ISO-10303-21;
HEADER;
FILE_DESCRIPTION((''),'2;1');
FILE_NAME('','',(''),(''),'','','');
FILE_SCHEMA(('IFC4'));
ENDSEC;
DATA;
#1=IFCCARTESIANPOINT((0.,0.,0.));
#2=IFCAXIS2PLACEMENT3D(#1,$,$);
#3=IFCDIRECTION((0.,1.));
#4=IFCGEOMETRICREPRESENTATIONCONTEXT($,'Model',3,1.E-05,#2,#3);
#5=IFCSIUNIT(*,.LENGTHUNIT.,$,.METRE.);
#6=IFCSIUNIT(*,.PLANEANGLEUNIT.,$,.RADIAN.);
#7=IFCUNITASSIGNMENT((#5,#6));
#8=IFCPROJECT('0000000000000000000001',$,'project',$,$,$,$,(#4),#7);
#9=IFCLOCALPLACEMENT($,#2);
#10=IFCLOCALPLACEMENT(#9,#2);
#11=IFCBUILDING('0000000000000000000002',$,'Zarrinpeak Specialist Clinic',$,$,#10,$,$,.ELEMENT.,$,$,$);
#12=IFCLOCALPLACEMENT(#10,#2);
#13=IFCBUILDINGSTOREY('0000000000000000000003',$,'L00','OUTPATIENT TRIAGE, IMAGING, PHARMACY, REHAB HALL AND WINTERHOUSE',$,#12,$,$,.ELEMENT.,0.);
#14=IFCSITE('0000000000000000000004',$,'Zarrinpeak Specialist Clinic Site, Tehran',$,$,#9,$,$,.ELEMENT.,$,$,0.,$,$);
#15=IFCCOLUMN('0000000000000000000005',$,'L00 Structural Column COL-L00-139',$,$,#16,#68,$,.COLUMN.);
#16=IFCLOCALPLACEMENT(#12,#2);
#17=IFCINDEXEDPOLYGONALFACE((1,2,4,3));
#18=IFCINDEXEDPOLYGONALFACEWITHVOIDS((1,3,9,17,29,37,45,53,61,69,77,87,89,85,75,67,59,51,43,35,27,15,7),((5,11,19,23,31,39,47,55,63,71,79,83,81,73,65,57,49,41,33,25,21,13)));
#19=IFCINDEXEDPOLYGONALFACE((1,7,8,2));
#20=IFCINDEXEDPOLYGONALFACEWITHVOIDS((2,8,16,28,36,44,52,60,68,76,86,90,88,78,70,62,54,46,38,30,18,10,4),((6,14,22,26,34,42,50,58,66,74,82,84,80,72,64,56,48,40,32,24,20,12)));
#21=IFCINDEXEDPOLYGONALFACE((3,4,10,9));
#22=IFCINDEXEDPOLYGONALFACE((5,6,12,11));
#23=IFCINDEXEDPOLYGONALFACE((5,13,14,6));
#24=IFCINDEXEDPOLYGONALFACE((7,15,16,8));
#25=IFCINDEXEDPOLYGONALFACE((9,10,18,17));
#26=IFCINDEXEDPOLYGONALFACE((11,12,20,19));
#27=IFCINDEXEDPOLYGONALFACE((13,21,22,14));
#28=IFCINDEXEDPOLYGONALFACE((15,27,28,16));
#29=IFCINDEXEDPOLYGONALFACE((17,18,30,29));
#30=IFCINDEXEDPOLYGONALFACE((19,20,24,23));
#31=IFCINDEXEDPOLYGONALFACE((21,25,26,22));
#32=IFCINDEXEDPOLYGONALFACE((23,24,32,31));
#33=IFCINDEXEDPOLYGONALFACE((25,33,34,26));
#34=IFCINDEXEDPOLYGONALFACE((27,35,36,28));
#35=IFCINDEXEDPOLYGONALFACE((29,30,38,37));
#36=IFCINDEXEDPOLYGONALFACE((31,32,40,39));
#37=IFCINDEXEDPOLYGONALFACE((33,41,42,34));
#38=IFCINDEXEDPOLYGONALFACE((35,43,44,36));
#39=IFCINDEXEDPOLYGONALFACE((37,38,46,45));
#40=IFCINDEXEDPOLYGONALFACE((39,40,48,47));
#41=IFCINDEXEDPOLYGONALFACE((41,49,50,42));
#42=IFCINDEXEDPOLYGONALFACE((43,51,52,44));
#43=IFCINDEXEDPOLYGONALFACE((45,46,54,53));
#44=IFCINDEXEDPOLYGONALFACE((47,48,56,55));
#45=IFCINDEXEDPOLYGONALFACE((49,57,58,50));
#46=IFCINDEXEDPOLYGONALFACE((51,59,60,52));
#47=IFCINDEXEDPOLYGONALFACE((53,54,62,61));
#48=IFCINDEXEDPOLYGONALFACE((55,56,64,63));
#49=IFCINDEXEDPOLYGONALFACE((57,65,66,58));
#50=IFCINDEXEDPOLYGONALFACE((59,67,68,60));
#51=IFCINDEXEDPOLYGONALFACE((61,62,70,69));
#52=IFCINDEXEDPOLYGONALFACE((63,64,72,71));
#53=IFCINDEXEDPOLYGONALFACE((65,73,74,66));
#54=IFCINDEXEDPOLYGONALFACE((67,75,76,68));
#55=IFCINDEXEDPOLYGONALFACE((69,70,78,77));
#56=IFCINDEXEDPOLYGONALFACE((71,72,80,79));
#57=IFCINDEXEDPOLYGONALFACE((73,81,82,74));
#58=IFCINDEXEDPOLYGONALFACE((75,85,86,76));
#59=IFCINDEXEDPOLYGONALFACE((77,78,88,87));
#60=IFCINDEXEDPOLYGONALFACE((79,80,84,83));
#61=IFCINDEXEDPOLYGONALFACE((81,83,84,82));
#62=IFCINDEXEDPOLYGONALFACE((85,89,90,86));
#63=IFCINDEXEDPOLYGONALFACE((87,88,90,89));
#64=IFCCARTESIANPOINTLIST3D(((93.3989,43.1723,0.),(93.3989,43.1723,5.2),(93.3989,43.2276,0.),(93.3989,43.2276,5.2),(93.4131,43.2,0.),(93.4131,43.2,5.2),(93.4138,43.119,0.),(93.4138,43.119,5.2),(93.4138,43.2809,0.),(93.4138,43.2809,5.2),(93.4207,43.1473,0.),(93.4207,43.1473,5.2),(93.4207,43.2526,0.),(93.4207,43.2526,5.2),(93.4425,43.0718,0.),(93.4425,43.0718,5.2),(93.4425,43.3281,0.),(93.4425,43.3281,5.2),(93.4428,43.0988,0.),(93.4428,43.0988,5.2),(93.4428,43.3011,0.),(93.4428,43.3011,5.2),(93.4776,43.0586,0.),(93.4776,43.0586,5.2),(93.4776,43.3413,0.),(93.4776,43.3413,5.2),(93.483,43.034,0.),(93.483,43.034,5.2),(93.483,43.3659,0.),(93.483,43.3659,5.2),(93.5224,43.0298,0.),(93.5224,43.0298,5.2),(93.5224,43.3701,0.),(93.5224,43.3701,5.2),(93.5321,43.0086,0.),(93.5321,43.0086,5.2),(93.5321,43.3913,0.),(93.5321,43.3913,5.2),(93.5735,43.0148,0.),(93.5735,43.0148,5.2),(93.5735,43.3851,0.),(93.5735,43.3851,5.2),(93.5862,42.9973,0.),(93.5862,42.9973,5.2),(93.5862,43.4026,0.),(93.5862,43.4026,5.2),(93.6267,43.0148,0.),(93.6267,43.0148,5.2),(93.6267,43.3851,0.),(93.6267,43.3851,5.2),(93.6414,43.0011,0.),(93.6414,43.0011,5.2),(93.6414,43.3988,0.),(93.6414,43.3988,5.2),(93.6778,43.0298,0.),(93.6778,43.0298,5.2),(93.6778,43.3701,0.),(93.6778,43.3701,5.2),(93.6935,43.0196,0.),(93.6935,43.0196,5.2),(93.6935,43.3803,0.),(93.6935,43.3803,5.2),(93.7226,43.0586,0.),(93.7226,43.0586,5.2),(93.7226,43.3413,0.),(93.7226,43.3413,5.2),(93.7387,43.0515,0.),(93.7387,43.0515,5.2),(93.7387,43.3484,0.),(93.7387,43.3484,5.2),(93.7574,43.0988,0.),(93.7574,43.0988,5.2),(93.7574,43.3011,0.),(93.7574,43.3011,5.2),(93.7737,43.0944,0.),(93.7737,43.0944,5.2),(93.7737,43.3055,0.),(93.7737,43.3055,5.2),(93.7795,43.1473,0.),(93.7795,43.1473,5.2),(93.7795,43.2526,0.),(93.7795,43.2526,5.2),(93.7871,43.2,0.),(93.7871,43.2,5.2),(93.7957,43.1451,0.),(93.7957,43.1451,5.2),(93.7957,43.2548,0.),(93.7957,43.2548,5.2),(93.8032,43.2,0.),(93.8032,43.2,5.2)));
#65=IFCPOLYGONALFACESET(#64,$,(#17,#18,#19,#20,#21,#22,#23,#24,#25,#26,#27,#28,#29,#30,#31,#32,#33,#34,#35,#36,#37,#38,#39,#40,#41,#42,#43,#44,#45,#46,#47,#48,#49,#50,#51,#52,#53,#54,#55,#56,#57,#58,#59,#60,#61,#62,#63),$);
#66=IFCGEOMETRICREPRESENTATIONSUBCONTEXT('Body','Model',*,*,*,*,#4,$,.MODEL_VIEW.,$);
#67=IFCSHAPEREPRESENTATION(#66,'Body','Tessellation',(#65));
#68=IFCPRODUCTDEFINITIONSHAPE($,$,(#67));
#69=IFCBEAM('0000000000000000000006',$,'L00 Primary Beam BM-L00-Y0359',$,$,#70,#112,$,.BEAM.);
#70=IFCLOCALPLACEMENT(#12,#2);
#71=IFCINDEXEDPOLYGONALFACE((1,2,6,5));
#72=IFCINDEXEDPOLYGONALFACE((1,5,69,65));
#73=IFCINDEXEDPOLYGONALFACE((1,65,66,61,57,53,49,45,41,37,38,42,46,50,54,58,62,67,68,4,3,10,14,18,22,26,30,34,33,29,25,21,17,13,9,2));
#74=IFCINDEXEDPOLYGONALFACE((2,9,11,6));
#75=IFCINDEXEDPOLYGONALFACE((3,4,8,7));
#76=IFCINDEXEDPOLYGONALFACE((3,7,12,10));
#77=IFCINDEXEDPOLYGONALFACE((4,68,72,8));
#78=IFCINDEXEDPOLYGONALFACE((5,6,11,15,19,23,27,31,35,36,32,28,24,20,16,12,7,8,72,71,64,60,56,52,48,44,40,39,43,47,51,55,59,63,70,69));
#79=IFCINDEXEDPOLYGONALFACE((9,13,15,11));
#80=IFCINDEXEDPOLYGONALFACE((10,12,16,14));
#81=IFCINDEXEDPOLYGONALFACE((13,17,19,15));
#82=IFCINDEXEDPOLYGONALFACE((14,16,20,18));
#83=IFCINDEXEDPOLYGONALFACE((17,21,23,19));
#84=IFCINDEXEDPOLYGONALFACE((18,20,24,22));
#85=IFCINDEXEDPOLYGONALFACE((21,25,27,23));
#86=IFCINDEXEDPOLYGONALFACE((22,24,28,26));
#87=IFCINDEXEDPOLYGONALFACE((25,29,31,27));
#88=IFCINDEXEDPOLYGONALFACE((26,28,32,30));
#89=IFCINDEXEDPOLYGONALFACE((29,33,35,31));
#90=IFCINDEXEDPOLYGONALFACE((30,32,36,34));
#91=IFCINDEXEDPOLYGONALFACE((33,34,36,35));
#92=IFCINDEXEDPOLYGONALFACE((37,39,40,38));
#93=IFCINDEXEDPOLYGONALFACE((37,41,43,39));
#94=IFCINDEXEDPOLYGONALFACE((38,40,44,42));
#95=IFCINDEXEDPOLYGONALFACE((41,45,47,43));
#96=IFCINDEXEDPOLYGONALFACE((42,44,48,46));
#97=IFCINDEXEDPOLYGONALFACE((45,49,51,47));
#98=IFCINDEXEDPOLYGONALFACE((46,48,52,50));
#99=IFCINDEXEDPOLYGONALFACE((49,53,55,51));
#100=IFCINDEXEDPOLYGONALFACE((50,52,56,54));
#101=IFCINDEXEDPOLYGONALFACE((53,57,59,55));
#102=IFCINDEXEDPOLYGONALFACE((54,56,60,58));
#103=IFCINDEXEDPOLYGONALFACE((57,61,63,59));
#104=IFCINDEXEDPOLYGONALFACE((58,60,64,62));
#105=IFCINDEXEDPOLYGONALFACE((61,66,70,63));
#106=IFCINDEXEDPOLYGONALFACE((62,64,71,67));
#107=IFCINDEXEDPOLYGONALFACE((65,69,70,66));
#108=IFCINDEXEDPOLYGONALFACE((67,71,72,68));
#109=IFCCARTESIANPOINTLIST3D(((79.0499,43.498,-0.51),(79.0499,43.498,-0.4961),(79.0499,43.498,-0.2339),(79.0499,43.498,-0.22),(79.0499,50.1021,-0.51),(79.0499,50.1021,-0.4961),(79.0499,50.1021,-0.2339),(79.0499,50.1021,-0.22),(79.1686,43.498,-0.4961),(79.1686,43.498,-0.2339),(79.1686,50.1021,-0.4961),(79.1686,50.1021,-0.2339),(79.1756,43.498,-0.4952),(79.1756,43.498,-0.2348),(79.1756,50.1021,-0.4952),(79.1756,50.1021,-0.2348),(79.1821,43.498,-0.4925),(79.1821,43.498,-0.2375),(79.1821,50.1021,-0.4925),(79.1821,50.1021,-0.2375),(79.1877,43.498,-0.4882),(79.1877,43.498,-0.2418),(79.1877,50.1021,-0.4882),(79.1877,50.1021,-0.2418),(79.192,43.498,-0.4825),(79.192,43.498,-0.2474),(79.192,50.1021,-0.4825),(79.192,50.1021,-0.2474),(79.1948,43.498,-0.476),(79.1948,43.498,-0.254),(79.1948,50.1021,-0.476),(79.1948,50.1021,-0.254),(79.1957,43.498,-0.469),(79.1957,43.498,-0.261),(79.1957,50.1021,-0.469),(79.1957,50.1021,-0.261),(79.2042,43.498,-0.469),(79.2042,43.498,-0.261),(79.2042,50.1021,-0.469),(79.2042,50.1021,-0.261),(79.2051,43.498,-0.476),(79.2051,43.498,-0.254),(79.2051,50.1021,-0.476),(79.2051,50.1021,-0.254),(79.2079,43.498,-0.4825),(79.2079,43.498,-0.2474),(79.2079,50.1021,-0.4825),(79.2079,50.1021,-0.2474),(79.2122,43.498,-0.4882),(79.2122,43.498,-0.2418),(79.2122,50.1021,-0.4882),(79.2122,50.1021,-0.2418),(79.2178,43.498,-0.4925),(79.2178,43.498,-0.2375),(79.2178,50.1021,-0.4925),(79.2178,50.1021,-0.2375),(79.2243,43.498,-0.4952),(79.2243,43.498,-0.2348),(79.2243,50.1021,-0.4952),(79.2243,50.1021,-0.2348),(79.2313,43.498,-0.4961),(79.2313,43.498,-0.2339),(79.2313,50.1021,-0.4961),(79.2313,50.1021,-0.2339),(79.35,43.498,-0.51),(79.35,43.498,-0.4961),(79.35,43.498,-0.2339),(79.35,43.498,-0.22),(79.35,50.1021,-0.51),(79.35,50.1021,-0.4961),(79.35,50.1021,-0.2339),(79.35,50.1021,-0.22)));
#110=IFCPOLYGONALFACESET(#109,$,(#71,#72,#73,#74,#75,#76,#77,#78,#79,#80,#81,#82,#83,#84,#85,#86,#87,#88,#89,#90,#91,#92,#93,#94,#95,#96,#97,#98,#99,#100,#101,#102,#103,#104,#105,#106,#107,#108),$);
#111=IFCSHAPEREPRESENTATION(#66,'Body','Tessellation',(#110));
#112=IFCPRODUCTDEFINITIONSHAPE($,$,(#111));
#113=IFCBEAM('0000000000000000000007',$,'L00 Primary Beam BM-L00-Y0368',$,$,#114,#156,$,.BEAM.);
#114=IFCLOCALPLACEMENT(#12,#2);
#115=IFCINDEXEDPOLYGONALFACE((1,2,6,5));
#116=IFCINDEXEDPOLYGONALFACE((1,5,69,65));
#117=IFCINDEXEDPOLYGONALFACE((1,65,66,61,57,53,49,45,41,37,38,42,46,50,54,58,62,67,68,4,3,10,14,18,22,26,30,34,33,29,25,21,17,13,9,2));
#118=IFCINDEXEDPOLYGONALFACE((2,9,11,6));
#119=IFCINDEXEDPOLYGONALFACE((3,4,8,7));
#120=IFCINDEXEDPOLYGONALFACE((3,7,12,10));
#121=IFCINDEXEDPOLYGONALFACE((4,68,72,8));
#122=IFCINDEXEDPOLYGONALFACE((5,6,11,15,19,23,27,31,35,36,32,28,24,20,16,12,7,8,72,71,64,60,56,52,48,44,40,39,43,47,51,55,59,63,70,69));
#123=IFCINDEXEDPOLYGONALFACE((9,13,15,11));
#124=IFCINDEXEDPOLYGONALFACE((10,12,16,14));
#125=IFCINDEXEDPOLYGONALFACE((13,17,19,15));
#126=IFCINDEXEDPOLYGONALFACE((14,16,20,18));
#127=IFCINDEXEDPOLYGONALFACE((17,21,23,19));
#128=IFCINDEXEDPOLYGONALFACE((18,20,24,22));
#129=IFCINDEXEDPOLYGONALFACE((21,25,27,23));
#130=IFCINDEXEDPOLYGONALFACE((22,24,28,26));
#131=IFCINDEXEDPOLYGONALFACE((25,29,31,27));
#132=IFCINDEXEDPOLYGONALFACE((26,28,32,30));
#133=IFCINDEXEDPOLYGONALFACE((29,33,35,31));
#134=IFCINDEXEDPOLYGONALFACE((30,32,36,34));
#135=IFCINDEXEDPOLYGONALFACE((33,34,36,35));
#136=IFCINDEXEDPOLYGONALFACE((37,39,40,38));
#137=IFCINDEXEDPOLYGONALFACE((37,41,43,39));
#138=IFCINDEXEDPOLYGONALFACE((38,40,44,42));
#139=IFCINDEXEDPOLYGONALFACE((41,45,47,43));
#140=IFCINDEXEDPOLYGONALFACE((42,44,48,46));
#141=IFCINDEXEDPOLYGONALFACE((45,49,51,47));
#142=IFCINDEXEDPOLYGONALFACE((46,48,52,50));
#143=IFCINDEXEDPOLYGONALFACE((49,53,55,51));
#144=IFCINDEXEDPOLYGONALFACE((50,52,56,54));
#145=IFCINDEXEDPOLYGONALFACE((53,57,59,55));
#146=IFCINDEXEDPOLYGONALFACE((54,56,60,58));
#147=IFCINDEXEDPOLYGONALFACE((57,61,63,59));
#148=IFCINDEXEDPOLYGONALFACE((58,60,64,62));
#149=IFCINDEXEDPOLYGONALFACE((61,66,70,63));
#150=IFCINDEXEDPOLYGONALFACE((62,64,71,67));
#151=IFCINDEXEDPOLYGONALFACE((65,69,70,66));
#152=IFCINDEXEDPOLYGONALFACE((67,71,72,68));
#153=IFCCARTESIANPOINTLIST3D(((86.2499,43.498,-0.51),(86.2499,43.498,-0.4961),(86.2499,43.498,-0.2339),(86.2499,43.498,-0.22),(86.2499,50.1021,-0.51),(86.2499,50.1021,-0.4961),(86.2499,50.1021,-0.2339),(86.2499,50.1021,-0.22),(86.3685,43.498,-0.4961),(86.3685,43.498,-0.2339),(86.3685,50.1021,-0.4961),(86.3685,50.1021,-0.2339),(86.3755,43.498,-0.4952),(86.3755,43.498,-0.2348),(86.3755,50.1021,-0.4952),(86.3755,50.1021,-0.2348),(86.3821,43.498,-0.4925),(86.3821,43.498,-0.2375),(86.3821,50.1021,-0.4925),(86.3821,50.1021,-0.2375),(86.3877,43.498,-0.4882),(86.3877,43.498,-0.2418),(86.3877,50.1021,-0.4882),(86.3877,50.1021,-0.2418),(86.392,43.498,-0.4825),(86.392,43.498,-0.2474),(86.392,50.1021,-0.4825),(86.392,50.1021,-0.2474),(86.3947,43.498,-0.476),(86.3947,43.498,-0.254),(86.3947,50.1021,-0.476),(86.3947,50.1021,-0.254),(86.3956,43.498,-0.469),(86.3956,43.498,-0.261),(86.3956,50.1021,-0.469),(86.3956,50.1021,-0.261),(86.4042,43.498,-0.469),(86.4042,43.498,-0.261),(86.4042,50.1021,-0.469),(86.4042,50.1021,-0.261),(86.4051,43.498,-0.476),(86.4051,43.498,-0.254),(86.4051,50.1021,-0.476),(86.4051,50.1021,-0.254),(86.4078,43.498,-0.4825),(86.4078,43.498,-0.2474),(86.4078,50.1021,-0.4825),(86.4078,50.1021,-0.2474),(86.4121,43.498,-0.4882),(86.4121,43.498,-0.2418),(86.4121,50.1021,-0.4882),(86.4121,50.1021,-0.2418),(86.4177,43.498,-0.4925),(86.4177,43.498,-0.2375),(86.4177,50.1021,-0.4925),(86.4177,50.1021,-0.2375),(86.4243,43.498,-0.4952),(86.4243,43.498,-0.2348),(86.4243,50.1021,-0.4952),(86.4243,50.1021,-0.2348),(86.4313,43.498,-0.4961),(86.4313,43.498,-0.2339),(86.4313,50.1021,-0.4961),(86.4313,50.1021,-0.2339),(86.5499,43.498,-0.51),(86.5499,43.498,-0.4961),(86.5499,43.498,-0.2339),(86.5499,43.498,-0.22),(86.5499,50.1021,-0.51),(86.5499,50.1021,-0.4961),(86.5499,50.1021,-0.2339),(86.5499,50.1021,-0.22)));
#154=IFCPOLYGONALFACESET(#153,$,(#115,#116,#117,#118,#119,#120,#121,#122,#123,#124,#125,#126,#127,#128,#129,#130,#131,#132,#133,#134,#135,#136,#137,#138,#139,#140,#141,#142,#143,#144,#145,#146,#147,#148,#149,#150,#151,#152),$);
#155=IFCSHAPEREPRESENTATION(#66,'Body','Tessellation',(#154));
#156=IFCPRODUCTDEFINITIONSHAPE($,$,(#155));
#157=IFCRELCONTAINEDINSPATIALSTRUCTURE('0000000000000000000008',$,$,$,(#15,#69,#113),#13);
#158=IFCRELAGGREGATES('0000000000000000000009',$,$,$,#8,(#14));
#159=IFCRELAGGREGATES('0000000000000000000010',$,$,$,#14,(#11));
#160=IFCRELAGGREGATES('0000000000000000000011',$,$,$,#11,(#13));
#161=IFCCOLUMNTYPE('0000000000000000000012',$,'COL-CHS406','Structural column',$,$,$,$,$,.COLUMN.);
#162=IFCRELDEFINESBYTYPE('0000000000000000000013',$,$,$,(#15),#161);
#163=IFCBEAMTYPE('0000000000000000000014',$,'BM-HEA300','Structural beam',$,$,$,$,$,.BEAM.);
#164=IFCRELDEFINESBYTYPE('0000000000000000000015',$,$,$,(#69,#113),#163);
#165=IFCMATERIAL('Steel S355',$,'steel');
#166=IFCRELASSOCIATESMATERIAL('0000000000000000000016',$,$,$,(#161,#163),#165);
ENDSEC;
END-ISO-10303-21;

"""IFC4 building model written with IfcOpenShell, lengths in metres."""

from ifc_helpers import new_model, si_unit, direction, frame, origin, origin_2d, place, context, subcontext, project, spatial, hollow_circle, i_section, extrude, material, material_profile, profile_set, type_object, element, save


model = new_model("IFC4")

# Units and contexts
model_context = context("Model", 3, precision=1e-05, world=origin(), true_north=direction((0.0, 1.0)))
body_context = subcontext(model_context, "Body", "Model", "MODEL_VIEW")
ifc_project = project(units=[si_unit("LENGTHUNIT", "METRE"), si_unit("PLANEANGLEUNIT", "RADIAN")], contexts=[model_context])

# Site, building, storey
site_placement = place(None, origin())
site = spatial("IfcSite", under=ifc_project, at=site_placement, Name="Zarrinpeak Specialist Clinic Site, Tehran", CompositionType="ELEMENT", RefElevation=0.0)
building_placement = place(site_placement, origin())
building = spatial("IfcBuilding", under=site, at=building_placement, Name="Zarrinpeak Specialist Clinic", CompositionType="ELEMENT")
storey_placement = place(building_placement, origin())
storey = spatial("IfcBuildingStorey", under=building, at=storey_placement, Name="L00", Description="OUTPATIENT TRIAGE, IMAGING, PHARMACY, REHAB HALL AND WINTERHOUSE", CompositionType="ELEMENT", Elevation=0.0)

# Column
ifc_material_1 = material(Name="Steel S355", Category="steel")
ifc_material_profile_1 = material_profile(ifc_material_1, hollow_circle(Radius=0.2031, WallThickness=0.0161, at=origin_2d()), Name="CHS 406.4x16.0")
ifc_profile_set_1 = profile_set([ifc_material_profile_1], Name="Steel S355")
column_type = type_object("IfcColumnType", Name="COL-CHS406", Description="Structural column", PredefinedType="COLUMN", material=ifc_profile_set_1)
column_placement = place(storey_placement, frame((93.6001, 43.2, 0.0), z_axis=(0.0, 0.0, 1.0), x_axis=(1.0, 0.0, 0.0)))
element("IfcColumn", 1, at=column_placement, inside=storey, type_object=column_type, Name="L00 Structural Column COL-L00-139", PredefinedType="COLUMN", context=body_context, shape_type="SweptSolid", body=[
    extrude(hollow_circle(Radius=0.2031, WallThickness=0.0161, at=origin_2d()), origin(), (0.0, 0.0, 1.0), 5.2),
])

# Beams
ifc_material_profile_2 = material_profile(ifc_material_1, i_section(OverallWidth=0.3, OverallDepth=0.29, WebThickness=0.0085, FlangeThickness=0.0139, FilletRadius=0.0271, at=origin_2d()), Name="HEA 300")
ifc_profile_set_2 = profile_set([ifc_material_profile_2], Name="Steel S355")
beam_type_1 = type_object("IfcBeamType", Name="BM-HEA300", Description="Structural beam", PredefinedType="BEAM", material=ifc_profile_set_2)
for number, where, z_axis, x_axis, name in (
    (2, (79.2, 43.498, -0.365), (0.0, 1.0, 0.0), (-1.0, 0.0, 0.0), "L00 Primary Beam BM-L00-Y0359"),
    (3, (86.3999, 43.498, -0.365), (0.0, 1.0, 0.0), (-1.0, 0.0, 0.0), "L00 Primary Beam BM-L00-Y0368"),
):
    element("IfcBeam", number, at=place(storey_placement, frame(where, z_axis=z_axis, x_axis=x_axis)), inside=storey, type_object=beam_type_1, Name=name, PredefinedType="BEAM", context=body_context, shape_type="SweptSolid", body=[
        extrude(i_section(OverallWidth=0.3, OverallDepth=0.29, WebThickness=0.0085, FlangeThickness=0.0139, FilletRadius=0.0271, at=origin_2d()), origin(), (0.0, 0.0, 1.0), 6.604),
    ])

save(model, "model.ifc")
